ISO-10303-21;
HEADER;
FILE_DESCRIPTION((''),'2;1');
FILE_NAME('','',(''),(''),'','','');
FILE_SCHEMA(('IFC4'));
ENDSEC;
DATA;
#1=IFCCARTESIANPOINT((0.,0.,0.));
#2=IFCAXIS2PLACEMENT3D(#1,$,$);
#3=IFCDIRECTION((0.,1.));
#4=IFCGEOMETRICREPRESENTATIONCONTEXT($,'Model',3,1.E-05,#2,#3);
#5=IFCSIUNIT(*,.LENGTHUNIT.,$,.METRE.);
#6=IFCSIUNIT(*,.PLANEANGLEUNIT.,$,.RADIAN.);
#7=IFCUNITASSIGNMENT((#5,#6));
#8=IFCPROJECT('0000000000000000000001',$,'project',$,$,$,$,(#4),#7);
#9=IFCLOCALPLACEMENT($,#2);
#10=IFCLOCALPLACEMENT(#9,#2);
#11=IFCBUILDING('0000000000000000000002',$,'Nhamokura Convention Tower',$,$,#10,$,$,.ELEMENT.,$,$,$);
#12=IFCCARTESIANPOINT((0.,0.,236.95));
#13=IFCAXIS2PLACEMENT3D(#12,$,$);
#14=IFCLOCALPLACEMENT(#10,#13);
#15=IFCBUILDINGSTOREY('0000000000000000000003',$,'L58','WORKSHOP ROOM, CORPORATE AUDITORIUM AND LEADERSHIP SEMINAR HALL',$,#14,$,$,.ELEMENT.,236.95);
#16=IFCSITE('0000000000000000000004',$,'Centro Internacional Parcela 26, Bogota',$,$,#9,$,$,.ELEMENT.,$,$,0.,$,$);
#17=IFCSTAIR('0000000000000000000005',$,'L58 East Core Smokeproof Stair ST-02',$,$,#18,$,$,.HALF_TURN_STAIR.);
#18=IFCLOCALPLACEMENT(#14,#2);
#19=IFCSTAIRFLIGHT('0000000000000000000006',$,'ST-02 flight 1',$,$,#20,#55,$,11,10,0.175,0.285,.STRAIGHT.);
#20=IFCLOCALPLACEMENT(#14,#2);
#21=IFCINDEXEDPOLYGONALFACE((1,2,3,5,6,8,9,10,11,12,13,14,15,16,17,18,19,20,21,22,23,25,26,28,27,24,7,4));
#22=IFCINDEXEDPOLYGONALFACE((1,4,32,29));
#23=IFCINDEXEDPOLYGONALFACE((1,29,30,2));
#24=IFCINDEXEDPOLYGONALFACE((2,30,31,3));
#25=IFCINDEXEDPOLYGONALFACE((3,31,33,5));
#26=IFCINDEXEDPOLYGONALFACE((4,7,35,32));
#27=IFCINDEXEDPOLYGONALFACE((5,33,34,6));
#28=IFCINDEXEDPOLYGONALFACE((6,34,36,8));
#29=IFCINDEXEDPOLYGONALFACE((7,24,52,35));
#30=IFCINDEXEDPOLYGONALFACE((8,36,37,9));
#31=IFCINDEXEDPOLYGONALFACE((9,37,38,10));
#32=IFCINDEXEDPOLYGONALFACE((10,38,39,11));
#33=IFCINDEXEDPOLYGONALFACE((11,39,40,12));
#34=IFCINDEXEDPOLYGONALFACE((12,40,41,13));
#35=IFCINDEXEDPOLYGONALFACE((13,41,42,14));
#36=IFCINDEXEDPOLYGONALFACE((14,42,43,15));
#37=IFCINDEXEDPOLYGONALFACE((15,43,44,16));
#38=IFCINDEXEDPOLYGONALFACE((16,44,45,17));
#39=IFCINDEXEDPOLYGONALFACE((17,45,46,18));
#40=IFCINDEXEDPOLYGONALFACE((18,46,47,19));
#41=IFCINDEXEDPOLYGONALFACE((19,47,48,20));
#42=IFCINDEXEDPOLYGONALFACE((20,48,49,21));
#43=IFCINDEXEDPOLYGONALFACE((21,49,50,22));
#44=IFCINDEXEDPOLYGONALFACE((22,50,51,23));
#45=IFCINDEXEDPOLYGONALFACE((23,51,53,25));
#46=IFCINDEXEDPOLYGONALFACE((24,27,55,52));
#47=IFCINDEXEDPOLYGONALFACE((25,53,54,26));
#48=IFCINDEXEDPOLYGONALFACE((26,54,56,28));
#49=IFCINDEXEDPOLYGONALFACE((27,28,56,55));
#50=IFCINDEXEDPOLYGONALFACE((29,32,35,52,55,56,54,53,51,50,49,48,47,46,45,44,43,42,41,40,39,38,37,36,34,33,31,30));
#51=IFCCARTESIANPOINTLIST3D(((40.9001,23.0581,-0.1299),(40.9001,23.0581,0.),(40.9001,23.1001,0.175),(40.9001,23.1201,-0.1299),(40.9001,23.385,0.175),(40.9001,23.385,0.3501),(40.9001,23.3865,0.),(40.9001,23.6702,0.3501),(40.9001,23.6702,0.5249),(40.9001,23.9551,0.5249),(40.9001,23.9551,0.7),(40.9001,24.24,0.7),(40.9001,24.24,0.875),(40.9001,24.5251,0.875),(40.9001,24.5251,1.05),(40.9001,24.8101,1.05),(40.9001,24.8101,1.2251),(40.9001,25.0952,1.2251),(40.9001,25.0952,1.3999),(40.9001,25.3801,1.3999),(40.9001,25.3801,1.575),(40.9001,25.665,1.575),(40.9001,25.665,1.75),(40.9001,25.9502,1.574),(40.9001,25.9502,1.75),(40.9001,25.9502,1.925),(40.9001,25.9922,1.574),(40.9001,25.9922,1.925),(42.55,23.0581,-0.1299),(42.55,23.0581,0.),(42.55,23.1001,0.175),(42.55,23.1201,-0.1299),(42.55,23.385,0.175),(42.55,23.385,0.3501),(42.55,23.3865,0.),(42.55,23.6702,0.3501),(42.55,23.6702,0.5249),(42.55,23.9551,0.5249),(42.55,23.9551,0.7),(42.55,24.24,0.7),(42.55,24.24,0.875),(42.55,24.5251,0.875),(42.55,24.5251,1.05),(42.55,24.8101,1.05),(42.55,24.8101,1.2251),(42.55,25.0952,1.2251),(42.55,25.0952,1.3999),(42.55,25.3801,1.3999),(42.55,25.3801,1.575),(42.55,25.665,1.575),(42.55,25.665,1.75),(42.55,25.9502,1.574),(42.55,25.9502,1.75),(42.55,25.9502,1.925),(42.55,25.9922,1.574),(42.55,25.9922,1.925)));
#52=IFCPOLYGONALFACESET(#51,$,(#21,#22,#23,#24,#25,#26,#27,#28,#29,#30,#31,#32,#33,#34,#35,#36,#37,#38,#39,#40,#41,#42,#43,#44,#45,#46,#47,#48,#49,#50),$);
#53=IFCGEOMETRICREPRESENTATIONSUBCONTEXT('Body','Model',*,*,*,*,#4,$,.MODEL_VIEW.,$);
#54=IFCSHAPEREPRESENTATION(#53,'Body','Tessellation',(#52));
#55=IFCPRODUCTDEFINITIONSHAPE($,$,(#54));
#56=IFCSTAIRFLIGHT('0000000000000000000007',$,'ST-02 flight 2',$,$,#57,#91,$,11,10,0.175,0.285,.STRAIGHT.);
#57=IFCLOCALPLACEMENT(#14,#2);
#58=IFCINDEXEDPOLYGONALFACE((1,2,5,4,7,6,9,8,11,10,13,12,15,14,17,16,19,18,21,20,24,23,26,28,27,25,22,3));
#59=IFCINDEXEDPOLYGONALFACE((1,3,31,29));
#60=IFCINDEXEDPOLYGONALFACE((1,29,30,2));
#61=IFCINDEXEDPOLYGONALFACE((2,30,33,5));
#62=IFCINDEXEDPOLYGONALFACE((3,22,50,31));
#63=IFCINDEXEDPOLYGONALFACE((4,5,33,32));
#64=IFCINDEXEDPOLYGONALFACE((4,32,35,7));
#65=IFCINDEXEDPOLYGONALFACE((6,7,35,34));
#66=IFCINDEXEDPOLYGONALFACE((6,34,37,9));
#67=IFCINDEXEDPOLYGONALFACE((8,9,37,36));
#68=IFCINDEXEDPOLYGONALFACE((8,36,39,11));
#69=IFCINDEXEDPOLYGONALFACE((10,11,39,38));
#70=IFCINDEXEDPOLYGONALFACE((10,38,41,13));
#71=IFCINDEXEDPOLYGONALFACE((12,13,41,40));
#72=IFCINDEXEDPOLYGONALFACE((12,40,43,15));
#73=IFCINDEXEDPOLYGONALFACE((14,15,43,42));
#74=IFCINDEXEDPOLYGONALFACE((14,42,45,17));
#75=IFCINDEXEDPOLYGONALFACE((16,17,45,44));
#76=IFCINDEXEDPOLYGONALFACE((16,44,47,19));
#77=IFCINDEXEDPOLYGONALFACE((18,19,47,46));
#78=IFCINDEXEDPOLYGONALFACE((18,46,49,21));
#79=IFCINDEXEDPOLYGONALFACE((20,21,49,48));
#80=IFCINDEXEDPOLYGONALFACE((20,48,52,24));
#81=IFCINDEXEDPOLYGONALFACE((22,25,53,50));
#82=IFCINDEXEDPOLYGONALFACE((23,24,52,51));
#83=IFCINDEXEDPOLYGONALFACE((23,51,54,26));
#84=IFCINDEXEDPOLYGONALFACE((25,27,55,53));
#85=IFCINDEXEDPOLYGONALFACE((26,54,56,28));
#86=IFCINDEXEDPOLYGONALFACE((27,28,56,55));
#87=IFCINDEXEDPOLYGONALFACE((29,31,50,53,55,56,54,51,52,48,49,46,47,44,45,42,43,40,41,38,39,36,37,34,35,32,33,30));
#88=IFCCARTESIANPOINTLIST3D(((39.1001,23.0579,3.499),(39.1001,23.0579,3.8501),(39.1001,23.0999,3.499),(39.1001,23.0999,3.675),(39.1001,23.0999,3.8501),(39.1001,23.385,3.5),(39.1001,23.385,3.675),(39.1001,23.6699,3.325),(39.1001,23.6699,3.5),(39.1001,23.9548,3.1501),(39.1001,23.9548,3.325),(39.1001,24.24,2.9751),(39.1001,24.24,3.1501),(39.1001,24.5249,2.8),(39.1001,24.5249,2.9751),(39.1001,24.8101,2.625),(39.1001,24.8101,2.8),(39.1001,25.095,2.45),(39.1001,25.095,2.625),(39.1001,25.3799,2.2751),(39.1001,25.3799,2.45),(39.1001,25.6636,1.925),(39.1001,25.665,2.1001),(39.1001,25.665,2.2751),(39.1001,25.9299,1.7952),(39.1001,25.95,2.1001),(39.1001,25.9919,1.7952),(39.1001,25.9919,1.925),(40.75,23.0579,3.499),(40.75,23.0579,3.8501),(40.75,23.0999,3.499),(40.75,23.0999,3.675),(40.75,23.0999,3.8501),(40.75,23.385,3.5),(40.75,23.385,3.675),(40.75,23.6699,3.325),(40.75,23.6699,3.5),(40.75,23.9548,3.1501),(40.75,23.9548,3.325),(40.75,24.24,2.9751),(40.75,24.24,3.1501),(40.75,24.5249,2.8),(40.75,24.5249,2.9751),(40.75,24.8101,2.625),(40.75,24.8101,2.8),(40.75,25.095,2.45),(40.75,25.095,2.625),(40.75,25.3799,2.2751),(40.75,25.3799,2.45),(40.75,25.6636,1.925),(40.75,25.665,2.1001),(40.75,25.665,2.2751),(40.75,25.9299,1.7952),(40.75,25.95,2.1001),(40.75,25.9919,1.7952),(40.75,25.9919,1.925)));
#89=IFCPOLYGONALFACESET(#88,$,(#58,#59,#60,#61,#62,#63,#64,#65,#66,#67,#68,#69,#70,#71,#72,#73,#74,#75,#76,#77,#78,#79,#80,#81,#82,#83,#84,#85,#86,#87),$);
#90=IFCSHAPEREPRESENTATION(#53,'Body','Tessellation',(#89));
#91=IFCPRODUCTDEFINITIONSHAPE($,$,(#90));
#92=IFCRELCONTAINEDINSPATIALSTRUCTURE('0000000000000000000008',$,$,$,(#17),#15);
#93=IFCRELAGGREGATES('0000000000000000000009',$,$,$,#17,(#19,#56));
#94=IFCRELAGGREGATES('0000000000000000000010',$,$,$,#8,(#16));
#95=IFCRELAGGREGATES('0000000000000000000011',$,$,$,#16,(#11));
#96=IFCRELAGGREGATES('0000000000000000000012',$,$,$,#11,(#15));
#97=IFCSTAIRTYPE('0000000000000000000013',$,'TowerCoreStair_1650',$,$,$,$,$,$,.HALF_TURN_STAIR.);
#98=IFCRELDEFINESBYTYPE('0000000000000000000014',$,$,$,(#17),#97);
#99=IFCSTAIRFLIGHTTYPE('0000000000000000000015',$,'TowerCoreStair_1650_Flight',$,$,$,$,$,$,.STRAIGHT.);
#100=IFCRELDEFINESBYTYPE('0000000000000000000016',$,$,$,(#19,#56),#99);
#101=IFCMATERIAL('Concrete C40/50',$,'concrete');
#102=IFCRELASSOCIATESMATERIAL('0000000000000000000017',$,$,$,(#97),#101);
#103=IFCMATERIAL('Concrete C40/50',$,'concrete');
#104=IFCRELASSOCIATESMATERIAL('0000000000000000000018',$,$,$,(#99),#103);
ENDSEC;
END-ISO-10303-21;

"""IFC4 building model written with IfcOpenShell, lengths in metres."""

from ifc_helpers import new_model, si_unit, direction, frame, origin, place, context, subcontext, project, spatial, polyline, outline, extrude, material, type_object, element, aggregate, save


model = new_model("IFC4")

# Units and contexts
model_context = context("Model", 3, precision=1e-05, world=origin(), true_north=direction((0.0, 1.0)))
body_context = subcontext(model_context, "Body", "Model", "MODEL_VIEW")
ifc_project = project(units=[si_unit("LENGTHUNIT", "METRE"), si_unit("PLANEANGLEUNIT", "RADIAN")], contexts=[model_context])

# Site, building, storey
site_placement = place(None, origin())
site = spatial("IfcSite", under=ifc_project, at=site_placement, Name="Centro Internacional Parcela 26, Bogota", CompositionType="ELEMENT", RefElevation=0.0)
building_placement = place(site_placement, origin())
building = spatial("IfcBuilding", under=site, at=building_placement, Name="Nhamokura Convention Tower", CompositionType="ELEMENT")
storey_placement = place(building_placement, frame((0.0, 0.0, 236.95)))
storey = spatial("IfcBuildingStorey", under=building, at=storey_placement, Name="L58", Description="WORKSHOP ROOM, CORPORATE AUDITORIUM AND LEADERSHIP SEMINAR HALL", CompositionType="ELEMENT", Elevation=236.95)

# Stair, stair flights
ifc_material_1 = material(Name="Concrete C40/50", Category="concrete")
stair_type = type_object("IfcStairType", Name="TowerCoreStair_1650", PredefinedType="HALF_TURN_STAIR", material=ifc_material_1)
stair_placement = place(storey_placement, origin())
stair = element("IfcStair", 1, at=stair_placement, inside=storey, type_object=stair_type, Name="L58 East Core Smokeproof Stair ST-02", PredefinedType="HALF_TURN_STAIR")
ifc_material_2 = material(Name="Concrete C40/50", Category="concrete")
stair_flight_type = type_object("IfcStairFlightType", Name="TowerCoreStair_1650_Flight", PredefinedType="STRAIGHT", material=ifc_material_2)
stair_flight_1_placement = place(storey_placement, frame((41.7251, 23.1001, 0.0), z_axis=(0.0, 0.0, 1.0), x_axis=(0.0, 1.0, 0.0)))
stair_flight_1 = element("IfcStairFlight", 2, at=stair_flight_1_placement, type_object=stair_flight_type, Name="ST-02 flight 1", NumberOfRisers=11, NumberOfTreads=10, PredefinedType="STRAIGHT", RiserHeight=0.175, TreadLength=0.285, context=body_context, shape_type="SweptSolid", body=[
    extrude(outline(polyline([(-0.042, 0.0), (0.0, 0.175), (0.2849, 0.175), (0.2849, 0.3501), (0.5701, 0.3501), (0.5701, 0.5249), (0.855, 0.5249), (0.855, 0.7), (1.1399, 0.7), (1.1399, 0.875), (1.425, 0.875), (1.425, 1.05), (1.71, 1.05), (1.71, 1.2251), (1.9951, 1.2251), (1.9951, 1.3999), (2.28, 1.3999), (2.28, 1.575), (2.5649, 1.575), (2.5649, 1.75), (2.8501, 1.75), (2.8501, 1.925), (2.8921, 1.925), (2.8921, 1.574), (2.8501, 1.574), (0.2864, 0.0), (0.02, -0.1299), (-0.042, -0.1299), (-0.042, 0.0)])), frame((0.0, 0.825, 0.0), z_axis=(0.0, -1.0, 0.0), x_axis=(1.0, 0.0, 0.0)), (0.0, 0.0, 1.0), 1.6499),
])
stair_flight_2_placement = place(storey_placement, frame((39.925, 25.95, 1.925), z_axis=(0.0, 0.0, 1.0), x_axis=(0.0, -1.0, 0.0)))
stair_flight_2 = element("IfcStairFlight", 3, at=stair_flight_2_placement, type_object=stair_flight_type, Name="ST-02 flight 2", NumberOfRisers=11, NumberOfTreads=10, PredefinedType="STRAIGHT", RiserHeight=0.175, TreadLength=0.285, context=body_context, shape_type="SweptSolid", body=[
    extrude(outline(polyline([(-0.042, 0.0), (0.0, 0.175), (0.2849, 0.175), (0.2849, 0.3501), (0.5701, 0.3501), (0.5701, 0.5249), (0.855, 0.5249), (0.855, 0.7), (1.1399, 0.7), (1.1399, 0.875), (1.425, 0.875), (1.425, 1.05), (1.71, 1.05), (1.71, 1.2251), (1.9951, 1.2251), (1.9951, 1.3999), (2.28, 1.3999), (2.28, 1.575), (2.5649, 1.575), (2.5649, 1.75), (2.8501, 1.75), (2.8501, 1.925), (2.8921, 1.925), (2.8921, 1.574), (2.8501, 1.574), (0.2864, 0.0), (0.02, -0.1299), (-0.042, -0.1299), (-0.042, 0.0)])), frame((0.0, 0.825, 0.0), z_axis=(0.0, -1.0, 0.0), x_axis=(1.0, 0.0, 0.0)), (0.0, 0.0, 1.0), 1.6499),
])
aggregate(stair, [stair_flight_1, stair_flight_2])

save(model, "model.ifc")
